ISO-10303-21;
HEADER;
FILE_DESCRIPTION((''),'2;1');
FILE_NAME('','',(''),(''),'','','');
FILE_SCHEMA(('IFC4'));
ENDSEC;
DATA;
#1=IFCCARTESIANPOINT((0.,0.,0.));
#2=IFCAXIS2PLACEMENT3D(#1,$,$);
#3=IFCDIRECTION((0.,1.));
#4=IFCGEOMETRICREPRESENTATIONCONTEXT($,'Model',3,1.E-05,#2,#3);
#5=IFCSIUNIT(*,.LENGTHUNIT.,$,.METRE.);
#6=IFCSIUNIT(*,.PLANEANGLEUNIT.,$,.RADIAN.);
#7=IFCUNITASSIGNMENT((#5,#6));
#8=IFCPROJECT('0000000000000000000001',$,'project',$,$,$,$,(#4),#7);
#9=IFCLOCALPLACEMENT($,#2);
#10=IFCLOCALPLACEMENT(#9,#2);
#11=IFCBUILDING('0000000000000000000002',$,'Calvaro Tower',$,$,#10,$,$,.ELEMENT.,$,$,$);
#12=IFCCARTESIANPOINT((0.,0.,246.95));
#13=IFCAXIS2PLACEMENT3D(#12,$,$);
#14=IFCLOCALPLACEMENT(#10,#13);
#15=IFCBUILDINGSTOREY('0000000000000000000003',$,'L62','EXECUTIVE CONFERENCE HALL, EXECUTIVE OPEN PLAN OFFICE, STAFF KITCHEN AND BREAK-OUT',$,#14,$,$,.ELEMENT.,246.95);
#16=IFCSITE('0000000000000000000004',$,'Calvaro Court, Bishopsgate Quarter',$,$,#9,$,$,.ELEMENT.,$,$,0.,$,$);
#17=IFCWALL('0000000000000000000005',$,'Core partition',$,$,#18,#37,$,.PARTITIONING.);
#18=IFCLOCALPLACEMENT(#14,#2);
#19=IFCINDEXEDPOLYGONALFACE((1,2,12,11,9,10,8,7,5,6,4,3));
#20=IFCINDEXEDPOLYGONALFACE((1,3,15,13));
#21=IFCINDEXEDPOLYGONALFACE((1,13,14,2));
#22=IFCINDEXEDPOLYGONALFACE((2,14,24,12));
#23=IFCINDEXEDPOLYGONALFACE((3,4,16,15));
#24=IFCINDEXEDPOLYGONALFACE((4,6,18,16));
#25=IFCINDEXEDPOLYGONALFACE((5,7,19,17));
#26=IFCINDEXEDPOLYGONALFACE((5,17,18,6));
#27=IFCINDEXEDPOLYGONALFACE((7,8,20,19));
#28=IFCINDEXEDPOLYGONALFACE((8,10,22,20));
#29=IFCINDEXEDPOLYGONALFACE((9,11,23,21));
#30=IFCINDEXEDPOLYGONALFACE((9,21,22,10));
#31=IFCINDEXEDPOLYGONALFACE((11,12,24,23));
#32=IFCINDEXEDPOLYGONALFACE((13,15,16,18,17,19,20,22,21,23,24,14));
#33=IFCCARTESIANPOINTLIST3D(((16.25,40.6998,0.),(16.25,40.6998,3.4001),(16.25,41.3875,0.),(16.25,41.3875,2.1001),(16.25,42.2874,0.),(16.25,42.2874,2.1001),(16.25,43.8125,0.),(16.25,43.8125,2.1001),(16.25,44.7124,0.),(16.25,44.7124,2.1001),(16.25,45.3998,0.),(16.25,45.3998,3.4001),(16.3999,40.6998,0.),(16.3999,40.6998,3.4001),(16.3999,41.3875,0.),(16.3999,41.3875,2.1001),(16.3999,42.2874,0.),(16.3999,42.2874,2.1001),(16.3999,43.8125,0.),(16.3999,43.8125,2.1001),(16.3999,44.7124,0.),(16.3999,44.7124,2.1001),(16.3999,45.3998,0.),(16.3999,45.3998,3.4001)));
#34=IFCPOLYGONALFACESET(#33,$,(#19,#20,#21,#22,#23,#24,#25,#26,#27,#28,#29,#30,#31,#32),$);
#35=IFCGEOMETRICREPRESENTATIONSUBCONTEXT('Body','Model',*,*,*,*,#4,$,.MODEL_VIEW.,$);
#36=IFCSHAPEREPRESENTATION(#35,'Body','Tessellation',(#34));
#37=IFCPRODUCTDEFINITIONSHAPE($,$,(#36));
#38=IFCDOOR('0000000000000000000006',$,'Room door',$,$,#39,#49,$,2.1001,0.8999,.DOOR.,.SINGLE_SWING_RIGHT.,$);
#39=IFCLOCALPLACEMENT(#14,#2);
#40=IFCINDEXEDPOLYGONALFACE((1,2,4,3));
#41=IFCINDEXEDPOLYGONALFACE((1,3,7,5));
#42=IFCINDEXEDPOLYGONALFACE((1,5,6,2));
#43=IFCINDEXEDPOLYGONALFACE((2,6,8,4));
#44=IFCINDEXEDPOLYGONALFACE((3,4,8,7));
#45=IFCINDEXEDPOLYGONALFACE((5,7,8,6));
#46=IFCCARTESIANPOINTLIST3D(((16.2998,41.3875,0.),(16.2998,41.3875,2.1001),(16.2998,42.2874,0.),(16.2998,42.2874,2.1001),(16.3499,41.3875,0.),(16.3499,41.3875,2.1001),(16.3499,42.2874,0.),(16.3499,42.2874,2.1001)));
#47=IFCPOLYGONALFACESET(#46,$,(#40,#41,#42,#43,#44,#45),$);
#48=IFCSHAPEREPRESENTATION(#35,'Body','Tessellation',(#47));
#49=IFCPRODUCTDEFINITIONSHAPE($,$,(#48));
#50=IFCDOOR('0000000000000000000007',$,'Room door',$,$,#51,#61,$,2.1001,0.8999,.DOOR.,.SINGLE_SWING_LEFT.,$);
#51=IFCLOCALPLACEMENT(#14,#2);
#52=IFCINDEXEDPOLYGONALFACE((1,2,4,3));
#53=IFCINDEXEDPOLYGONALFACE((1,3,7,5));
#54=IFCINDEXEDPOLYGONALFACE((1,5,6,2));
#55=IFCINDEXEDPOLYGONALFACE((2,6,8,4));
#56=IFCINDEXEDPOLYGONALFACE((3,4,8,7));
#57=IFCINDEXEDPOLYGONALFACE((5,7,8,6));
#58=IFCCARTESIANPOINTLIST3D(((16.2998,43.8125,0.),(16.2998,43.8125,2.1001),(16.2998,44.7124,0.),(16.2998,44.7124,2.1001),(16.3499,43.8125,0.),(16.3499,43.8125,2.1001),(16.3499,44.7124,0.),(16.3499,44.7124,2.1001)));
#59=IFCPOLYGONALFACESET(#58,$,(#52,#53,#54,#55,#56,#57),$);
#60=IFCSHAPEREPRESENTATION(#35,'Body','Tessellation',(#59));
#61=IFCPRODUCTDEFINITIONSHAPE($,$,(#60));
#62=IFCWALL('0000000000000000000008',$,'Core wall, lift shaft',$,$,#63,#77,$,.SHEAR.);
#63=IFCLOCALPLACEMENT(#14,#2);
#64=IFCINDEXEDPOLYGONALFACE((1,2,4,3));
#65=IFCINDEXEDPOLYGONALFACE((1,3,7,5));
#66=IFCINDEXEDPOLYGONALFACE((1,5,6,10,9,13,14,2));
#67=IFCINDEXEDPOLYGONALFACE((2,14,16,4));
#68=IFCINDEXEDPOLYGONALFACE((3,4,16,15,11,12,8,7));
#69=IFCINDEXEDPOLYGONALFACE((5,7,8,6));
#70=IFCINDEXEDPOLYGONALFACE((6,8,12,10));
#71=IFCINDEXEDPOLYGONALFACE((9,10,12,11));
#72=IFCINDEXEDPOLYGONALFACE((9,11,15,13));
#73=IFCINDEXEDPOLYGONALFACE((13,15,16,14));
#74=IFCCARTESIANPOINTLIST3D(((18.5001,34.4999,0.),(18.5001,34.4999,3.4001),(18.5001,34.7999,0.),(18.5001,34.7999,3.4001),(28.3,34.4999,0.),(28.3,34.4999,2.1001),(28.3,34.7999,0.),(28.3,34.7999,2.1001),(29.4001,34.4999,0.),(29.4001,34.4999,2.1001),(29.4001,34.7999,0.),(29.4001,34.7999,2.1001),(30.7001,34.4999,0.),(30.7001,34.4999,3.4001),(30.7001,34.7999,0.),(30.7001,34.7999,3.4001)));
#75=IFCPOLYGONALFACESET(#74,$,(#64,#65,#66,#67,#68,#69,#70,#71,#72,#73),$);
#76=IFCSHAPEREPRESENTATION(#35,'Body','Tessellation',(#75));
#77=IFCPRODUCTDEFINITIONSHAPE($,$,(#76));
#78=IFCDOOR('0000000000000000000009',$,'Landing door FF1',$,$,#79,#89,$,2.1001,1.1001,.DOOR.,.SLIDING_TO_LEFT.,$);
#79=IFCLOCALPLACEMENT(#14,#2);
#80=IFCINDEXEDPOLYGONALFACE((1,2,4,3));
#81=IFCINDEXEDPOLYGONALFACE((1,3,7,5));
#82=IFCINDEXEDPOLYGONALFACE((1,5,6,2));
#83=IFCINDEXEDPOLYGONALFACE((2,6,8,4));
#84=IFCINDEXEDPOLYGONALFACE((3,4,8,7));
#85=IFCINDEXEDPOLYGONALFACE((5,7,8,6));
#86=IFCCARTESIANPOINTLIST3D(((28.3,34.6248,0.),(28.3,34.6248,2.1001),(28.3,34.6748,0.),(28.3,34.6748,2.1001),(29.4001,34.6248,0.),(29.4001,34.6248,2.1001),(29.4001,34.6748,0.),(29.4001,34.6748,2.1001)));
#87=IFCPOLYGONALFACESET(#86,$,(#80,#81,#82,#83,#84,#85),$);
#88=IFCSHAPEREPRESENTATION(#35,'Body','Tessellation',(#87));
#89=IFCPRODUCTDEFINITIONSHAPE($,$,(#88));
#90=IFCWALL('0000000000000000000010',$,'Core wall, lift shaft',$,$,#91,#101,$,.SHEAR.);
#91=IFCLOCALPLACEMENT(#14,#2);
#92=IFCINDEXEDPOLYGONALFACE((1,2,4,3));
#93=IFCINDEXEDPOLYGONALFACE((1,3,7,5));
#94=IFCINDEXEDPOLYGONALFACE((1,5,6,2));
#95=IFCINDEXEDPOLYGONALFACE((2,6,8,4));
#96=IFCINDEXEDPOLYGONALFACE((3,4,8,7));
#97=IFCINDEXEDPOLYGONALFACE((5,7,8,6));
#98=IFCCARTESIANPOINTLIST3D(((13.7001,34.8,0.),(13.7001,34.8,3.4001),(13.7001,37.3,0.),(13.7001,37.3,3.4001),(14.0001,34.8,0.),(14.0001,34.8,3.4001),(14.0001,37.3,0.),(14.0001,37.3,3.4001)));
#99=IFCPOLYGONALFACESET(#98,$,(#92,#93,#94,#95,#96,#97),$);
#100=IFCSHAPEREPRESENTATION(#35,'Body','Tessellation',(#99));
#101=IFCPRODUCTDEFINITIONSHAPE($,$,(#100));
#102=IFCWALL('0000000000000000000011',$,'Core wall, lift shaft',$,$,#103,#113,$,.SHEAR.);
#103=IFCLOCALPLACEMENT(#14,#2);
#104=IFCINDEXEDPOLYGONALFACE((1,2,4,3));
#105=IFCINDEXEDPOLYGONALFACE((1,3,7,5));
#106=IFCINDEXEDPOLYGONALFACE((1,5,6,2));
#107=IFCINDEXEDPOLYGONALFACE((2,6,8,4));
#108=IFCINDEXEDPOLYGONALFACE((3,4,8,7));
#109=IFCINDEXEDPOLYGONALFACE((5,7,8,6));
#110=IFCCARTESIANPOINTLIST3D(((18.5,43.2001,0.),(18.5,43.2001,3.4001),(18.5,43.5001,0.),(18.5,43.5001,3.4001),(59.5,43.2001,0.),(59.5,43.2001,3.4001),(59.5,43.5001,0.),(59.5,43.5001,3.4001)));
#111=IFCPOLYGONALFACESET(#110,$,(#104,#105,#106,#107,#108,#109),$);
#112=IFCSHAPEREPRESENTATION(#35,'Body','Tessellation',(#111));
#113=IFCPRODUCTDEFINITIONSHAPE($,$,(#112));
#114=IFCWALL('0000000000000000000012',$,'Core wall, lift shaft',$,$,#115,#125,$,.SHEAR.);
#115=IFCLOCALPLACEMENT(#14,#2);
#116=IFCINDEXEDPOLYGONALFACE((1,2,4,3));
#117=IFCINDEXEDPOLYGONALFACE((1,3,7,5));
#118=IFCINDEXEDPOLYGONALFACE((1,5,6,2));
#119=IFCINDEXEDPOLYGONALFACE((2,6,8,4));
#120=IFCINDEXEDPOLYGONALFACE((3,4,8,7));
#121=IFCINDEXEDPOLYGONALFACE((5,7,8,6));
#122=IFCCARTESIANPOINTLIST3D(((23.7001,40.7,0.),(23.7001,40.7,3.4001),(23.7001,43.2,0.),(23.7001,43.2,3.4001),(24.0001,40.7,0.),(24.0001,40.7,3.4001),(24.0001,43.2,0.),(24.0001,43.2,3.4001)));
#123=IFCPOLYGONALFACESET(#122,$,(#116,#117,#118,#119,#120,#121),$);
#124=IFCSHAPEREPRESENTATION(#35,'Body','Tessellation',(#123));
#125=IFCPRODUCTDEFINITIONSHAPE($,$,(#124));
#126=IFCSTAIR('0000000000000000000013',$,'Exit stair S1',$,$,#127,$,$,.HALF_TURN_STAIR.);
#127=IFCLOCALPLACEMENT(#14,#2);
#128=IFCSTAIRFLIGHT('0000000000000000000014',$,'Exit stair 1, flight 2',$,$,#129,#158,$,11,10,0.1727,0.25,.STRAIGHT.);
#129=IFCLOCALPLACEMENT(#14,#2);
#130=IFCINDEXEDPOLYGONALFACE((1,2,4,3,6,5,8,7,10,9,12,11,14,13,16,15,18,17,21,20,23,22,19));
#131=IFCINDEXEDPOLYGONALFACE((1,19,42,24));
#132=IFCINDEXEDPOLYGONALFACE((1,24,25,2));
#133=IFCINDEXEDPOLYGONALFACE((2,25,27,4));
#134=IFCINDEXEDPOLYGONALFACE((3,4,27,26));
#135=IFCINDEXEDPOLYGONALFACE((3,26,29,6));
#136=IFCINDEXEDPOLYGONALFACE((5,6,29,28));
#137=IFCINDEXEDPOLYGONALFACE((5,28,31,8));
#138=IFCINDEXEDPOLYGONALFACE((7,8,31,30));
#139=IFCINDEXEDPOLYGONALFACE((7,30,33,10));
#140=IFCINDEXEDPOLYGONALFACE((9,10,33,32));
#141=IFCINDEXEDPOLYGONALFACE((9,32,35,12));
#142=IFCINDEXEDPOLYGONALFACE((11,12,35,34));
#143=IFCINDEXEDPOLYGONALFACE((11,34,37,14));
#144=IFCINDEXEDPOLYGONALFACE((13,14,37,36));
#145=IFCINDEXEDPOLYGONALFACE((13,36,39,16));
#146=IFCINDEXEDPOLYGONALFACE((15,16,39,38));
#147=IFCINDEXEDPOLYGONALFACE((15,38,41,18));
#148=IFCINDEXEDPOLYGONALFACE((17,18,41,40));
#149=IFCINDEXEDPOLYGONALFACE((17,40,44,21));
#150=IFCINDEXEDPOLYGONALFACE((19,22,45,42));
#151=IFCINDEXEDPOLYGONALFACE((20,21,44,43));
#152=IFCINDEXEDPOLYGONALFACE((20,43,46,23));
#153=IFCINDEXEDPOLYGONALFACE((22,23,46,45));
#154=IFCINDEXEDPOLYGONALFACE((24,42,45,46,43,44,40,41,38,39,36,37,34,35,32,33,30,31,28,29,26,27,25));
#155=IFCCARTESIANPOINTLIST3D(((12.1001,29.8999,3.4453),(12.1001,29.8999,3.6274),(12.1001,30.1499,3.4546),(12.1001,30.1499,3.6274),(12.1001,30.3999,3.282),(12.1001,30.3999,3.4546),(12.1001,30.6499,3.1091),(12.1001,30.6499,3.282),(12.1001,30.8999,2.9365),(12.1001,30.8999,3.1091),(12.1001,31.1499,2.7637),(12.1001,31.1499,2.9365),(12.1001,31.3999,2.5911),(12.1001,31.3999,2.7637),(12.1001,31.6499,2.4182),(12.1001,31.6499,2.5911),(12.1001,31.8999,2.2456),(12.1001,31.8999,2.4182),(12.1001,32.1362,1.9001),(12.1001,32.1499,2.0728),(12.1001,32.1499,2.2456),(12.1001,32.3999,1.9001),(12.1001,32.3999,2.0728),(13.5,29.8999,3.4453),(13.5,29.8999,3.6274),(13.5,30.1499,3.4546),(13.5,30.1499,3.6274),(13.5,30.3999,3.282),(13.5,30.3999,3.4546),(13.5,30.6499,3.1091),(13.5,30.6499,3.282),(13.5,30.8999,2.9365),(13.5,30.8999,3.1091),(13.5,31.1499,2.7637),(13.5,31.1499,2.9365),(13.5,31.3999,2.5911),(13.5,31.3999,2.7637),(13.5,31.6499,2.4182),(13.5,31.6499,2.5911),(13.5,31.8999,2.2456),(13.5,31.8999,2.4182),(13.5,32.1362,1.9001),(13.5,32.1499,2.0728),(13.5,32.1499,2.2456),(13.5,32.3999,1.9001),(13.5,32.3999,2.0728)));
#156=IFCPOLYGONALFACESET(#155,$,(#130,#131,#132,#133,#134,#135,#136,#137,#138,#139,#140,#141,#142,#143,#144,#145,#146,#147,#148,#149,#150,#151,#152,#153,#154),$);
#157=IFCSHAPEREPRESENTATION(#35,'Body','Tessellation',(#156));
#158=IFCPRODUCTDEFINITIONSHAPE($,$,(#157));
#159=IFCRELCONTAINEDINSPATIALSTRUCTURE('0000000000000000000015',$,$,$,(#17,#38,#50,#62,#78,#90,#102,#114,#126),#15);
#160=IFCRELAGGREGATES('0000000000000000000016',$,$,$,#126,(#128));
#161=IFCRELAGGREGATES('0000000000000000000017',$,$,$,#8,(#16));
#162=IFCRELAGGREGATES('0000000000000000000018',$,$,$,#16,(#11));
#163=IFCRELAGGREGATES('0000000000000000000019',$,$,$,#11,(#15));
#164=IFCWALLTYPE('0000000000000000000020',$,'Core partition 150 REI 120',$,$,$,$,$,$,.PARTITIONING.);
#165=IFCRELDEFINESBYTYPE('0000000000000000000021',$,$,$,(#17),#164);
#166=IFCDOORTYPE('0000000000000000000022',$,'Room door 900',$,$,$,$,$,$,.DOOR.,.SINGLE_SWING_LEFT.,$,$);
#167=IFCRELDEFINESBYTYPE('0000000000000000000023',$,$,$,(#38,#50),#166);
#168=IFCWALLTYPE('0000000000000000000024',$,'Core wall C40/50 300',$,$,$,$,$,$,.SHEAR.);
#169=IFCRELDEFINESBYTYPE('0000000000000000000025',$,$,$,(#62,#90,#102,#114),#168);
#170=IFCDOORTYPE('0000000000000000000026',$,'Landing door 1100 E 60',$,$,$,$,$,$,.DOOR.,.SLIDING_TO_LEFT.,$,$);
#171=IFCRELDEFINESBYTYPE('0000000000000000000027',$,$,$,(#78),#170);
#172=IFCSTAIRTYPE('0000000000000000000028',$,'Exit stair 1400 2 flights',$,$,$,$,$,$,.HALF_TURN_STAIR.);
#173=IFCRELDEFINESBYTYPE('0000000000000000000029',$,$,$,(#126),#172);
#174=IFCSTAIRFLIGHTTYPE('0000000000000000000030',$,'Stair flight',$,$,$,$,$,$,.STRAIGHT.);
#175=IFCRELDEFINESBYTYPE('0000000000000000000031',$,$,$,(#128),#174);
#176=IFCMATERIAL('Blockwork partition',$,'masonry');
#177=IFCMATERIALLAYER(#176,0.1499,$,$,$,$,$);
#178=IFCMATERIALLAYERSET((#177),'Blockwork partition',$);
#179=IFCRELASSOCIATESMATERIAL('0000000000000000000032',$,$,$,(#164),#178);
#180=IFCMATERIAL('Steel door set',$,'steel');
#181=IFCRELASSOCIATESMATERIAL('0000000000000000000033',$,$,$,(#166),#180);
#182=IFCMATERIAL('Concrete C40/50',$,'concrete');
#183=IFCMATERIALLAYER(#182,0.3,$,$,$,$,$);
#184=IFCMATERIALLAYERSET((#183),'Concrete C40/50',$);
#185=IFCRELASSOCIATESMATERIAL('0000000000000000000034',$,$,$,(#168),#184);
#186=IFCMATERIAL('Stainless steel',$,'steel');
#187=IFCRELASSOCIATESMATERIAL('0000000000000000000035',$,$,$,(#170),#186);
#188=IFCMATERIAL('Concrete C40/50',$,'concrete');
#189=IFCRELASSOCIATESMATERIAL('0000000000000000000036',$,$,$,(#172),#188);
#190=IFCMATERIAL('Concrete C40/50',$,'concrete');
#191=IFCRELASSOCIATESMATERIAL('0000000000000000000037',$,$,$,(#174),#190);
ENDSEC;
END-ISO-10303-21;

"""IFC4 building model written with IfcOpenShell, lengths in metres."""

from ifc_helpers import new_model, si_unit, direction, frame, frame_2d, origin, place, context, subcontext, project, spatial, polyline, rectangle, outline, extrude, material, layer, layer_set, type_object, element, fill, aggregate, save


model = new_model("IFC4")

# Units and contexts
model_context = context("Model", 3, precision=1e-05, world=origin(), true_north=direction((0.0, 1.0)))
body_context = subcontext(model_context, "Body", "Model", "MODEL_VIEW")
ifc_project = project(units=[si_unit("LENGTHUNIT", "METRE"), si_unit("PLANEANGLEUNIT", "RADIAN")], contexts=[model_context])

# Site, building, storey
site_placement = place(None, origin())
site = spatial("IfcSite", under=ifc_project, at=site_placement, Name="Calvaro Court, Bishopsgate Quarter", CompositionType="ELEMENT", RefElevation=0.0)
building_placement = place(site_placement, origin())
building = spatial("IfcBuilding", under=site, at=building_placement, Name="Calvaro Tower", CompositionType="ELEMENT")
storey_placement = place(building_placement, frame((0.0, 0.0, 246.95)))
storey = spatial("IfcBuildingStorey", under=building, at=storey_placement, Name="L62", Description="EXECUTIVE CONFERENCE HALL, EXECUTIVE OPEN PLAN OFFICE, STAFF KITCHEN AND BREAK-OUT", CompositionType="ELEMENT", Elevation=246.95)

# Wall, openings, doors
ifc_material_1 = material(Name="Blockwork partition", Category="masonry")
ifc_layer_1 = layer(ifc_material_1, 0.1499)
ifc_layer_set_1 = layer_set([ifc_layer_1], Name="Blockwork partition")
wall_type_1 = type_object("IfcWallType", Name="Core partition 150 REI 120", PredefinedType="PARTITIONING", material=ifc_layer_set_1)
wall_1_placement = place(storey_placement, frame((16.325, 45.3999, 0.0), z_axis=(0.0, 0.0, 1.0), x_axis=(0.0, -1.0, 0.0)))
wall_1 = element("IfcWall", 1, at=wall_1_placement, inside=storey, type_object=wall_type_1, Name="Core partition", PredefinedType="PARTITIONING", context=body_context, shape_type="SweptSolid", body=[
    extrude(rectangle(XDim=4.7, YDim=0.1499, at=frame_2d((2.3501, 0.0))), origin(), (0.0, 0.0, 1.0), 3.4001),
])
opening_1_placement = place(wall_1_placement, frame((3.1125, 0.0, 0.0)))
opening_1 = element("IfcOpeningElement", 2, at=opening_1_placement, cuts=wall_1, PredefinedType="OPENING", context=body_context, shape_type="SweptSolid", body=[
    extrude(rectangle(XDim=0.8999, YDim=2.1001, at=frame_2d((0.45, 1.05))), frame((0.0, 0.085, 0.0), z_axis=(0.0, -1.0, 0.0), x_axis=(1.0, 0.0, 0.0)), (0.0, 0.0, 1.0), 0.1699),
])
opening_2_placement = place(wall_1_placement, frame((0.6875, 0.0, 0.0)))
opening_2 = element("IfcOpeningElement", 3, at=opening_2_placement, cuts=wall_1, PredefinedType="OPENING", context=body_context, shape_type="SweptSolid", body=[
    extrude(rectangle(XDim=0.8999, YDim=2.1001, at=frame_2d((0.45, 1.05))), frame((0.0, 0.085, 0.0), z_axis=(0.0, -1.0, 0.0), x_axis=(1.0, 0.0, 0.0)), (0.0, 0.0, 1.0), 0.1699),
])
ifc_material_2 = material(Name="Steel door set", Category="steel")
door_type_1 = type_object("IfcDoorType", Name="Room door 900", OperationType="SINGLE_SWING_LEFT", PredefinedType="DOOR", material=ifc_material_2)
door_1_placement = place(opening_1_placement, origin())
door_1 = element("IfcDoor", 4, at=door_1_placement, inside=storey, type_object=door_type_1, Name="Room door", OperationType="SINGLE_SWING_RIGHT", OverallHeight=2.1001, OverallWidth=0.8999, PredefinedType="DOOR", context=body_context, shape_type="SweptSolid", body=[
    extrude(rectangle(XDim=0.8999, YDim=2.1001, at=frame_2d((0.45, 1.05))), frame((0.0, 0.0249, 0.0), z_axis=(0.0, -1.0, 0.0), x_axis=(1.0, 0.0, 0.0)), (0.0, 0.0, 1.0), 0.05),
])
fill(opening_1, door_1)
door_2_placement = place(opening_2_placement, origin())
door_2 = element("IfcDoor", 5, at=door_2_placement, inside=storey, type_object=door_type_1, Name="Room door", OperationType="SINGLE_SWING_LEFT", OverallHeight=2.1001, OverallWidth=0.8999, PredefinedType="DOOR", context=body_context, shape_type="SweptSolid", body=[
    extrude(rectangle(XDim=0.8999, YDim=2.1001, at=frame_2d((0.45, 1.05))), frame((0.0, 0.0249, 0.0), z_axis=(0.0, -1.0, 0.0), x_axis=(1.0, 0.0, 0.0)), (0.0, 0.0, 1.0), 0.05),
])
fill(opening_2, door_2)

# Wall, opening, door
ifc_material_3 = material(Name="Concrete C40/50", Category="concrete")
ifc_layer_2 = layer(ifc_material_3, 0.3)
ifc_layer_set_2 = layer_set([ifc_layer_2], Name="Concrete C40/50")
wall_type_2 = type_object("IfcWallType", Name="Core wall C40/50 300", PredefinedType="SHEAR", material=ifc_layer_set_2)
wall_2_placement = place(storey_placement, frame((18.5, 34.6499, 0.0), z_axis=(0.0, 0.0, 1.0), x_axis=(1.0, 0.0, 0.0)))
wall_2 = element("IfcWall", 6, at=wall_2_placement, inside=storey, type_object=wall_type_2, Name="Core wall, lift shaft", PredefinedType="SHEAR", context=body_context, shape_type="SweptSolid", body=[
    extrude(rectangle(XDim=12.2, YDim=0.3, at=frame_2d((6.1001, 0.0))), origin(), (0.0, 0.0, 1.0), 3.4001),
])
opening_3_placement = place(wall_2_placement, frame((9.8, 0.0, 0.0)))
opening_3 = element("IfcOpeningElement", 7, at=opening_3_placement, cuts=wall_2, PredefinedType="OPENING", context=body_context, shape_type="SweptSolid", body=[
    extrude(rectangle(XDim=1.1001, YDim=2.1001, at=frame_2d((0.55, 1.05))), frame((0.0, 0.1599, 0.0), z_axis=(0.0, -1.0, 0.0), x_axis=(1.0, 0.0, 0.0)), (0.0, 0.0, 1.0), 0.3201),
])
ifc_material_4 = material(Name="Stainless steel", Category="steel")
door_type_2 = type_object("IfcDoorType", Name="Landing door 1100 E 60", OperationType="SLIDING_TO_LEFT", PredefinedType="DOOR", material=ifc_material_4)
door_3_placement = place(opening_3_placement, origin())
door_3 = element("IfcDoor", 8, at=door_3_placement, inside=storey, type_object=door_type_2, Name="Landing door FF1", OperationType="SLIDING_TO_LEFT", OverallHeight=2.1001, OverallWidth=1.1001, PredefinedType="DOOR", context=body_context, shape_type="SweptSolid", body=[
    extrude(rectangle(XDim=1.1001, YDim=2.1001, at=frame_2d((0.55, 1.05))), frame((0.0, 0.0249, 0.0), z_axis=(0.0, -1.0, 0.0), x_axis=(1.0, 0.0, 0.0)), (0.0, 0.0, 1.0), 0.05),
])
fill(opening_3, door_3)

# Wall
wall_3_placement = place(storey_placement, frame((13.8501, 34.8, 0.0), z_axis=(0.0, 0.0, 1.0), x_axis=(0.0, 1.0, 0.0)))
element("IfcWall", 9, at=wall_3_placement, inside=storey, type_object=wall_type_2, Name="Core wall, lift shaft", PredefinedType="SHEAR", context=body_context, shape_type="SweptSolid", body=[
    extrude(rectangle(XDim=2.5, YDim=0.3, at=frame_2d((1.25, 0.0))), origin(), (0.0, 0.0, 1.0), 3.4001),
])

# Walls
wall_4_placement = place(storey_placement, frame((18.5, 43.3501, 0.0), z_axis=(0.0, 0.0, 1.0), x_axis=(1.0, 0.0, 0.0)))
element("IfcWall", 10, at=wall_4_placement, inside=storey, type_object=wall_type_2, Name="Core wall, lift shaft", PredefinedType="SHEAR", context=body_context, shape_type="SweptSolid", body=[
    extrude(rectangle(XDim=41.0, YDim=0.3, at=frame_2d((20.5, 0.0))), origin(), (0.0, 0.0, 1.0), 3.4001),
])
wall_5_placement = place(storey_placement, frame((23.8501, 40.7, 0.0), z_axis=(0.0, 0.0, 1.0), x_axis=(0.0, 1.0, 0.0)))
element("IfcWall", 11, at=wall_5_placement, inside=storey, type_object=wall_type_2, Name="Core wall, lift shaft", PredefinedType="SHEAR", context=body_context, shape_type="SweptSolid", body=[
    extrude(rectangle(XDim=2.5, YDim=0.3, at=frame_2d((1.25, 0.0))), origin(), (0.0, 0.0, 1.0), 3.4001),
])

# Stair, stair flight
ifc_material_5 = material(Name="Concrete C40/50", Category="concrete")
stair_type = type_object("IfcStairType", Name="Exit stair 1400 2 flights", PredefinedType="HALF_TURN_STAIR", material=ifc_material_5)
stair_placement = place(storey_placement, origin())
stair = element("IfcStair", 12, at=stair_placement, inside=storey, type_object=stair_type, Name="Exit stair S1", PredefinedType="HALF_TURN_STAIR")
ifc_material_6 = material(Name="Concrete C40/50", Category="concrete")
stair_flight_type = type_object("IfcStairFlightType", Name="Stair flight", PredefinedType="STRAIGHT", material=ifc_material_6)
stair_flight_placement = place(storey_placement, frame((12.8, 32.3999, 1.9001), z_axis=(0.0, 0.0, 1.0), x_axis=(0.0, -1.0, 0.0)))
stair_flight = element("IfcStairFlight", 13, at=stair_flight_placement, type_object=stair_flight_type, Name="Exit stair 1, flight 2", NumberOfRisers=11, NumberOfTreads=10, PredefinedType="STRAIGHT", RiserHeight=0.1727, TreadLength=0.25, context=body_context, shape_type="SweptSolid", body=[
    extrude(outline(polyline([(0.0, 0.0), (0.0, 0.1726), (0.25, 0.1726), (0.25, 0.3455), (0.5, 0.3455), (0.5, 0.5181), (0.75, 0.5181), (0.75, 0.6909), (1.0, 0.6909), (1.0, 0.8635), (1.25, 0.8635), (1.25, 1.0364), (1.5, 1.0364), (1.5, 1.209), (1.75, 1.209), (1.75, 1.3818), (2.0, 1.3818), (2.0, 1.5544), (2.25, 1.5544), (2.25, 1.7273), (2.5, 1.7273), (2.5, 1.8999), (2.5, 1.5452), (0.2637, 0.0), (0.0, 0.0)])), frame((0.0, 0.7, 0.0), z_axis=(0.0, -1.0, 0.0), x_axis=(1.0, 0.0, 0.0)), (0.0, 0.0, 1.0), 1.3999),
])
aggregate(stair, [stair_flight])

save(model, "model.ifc")
